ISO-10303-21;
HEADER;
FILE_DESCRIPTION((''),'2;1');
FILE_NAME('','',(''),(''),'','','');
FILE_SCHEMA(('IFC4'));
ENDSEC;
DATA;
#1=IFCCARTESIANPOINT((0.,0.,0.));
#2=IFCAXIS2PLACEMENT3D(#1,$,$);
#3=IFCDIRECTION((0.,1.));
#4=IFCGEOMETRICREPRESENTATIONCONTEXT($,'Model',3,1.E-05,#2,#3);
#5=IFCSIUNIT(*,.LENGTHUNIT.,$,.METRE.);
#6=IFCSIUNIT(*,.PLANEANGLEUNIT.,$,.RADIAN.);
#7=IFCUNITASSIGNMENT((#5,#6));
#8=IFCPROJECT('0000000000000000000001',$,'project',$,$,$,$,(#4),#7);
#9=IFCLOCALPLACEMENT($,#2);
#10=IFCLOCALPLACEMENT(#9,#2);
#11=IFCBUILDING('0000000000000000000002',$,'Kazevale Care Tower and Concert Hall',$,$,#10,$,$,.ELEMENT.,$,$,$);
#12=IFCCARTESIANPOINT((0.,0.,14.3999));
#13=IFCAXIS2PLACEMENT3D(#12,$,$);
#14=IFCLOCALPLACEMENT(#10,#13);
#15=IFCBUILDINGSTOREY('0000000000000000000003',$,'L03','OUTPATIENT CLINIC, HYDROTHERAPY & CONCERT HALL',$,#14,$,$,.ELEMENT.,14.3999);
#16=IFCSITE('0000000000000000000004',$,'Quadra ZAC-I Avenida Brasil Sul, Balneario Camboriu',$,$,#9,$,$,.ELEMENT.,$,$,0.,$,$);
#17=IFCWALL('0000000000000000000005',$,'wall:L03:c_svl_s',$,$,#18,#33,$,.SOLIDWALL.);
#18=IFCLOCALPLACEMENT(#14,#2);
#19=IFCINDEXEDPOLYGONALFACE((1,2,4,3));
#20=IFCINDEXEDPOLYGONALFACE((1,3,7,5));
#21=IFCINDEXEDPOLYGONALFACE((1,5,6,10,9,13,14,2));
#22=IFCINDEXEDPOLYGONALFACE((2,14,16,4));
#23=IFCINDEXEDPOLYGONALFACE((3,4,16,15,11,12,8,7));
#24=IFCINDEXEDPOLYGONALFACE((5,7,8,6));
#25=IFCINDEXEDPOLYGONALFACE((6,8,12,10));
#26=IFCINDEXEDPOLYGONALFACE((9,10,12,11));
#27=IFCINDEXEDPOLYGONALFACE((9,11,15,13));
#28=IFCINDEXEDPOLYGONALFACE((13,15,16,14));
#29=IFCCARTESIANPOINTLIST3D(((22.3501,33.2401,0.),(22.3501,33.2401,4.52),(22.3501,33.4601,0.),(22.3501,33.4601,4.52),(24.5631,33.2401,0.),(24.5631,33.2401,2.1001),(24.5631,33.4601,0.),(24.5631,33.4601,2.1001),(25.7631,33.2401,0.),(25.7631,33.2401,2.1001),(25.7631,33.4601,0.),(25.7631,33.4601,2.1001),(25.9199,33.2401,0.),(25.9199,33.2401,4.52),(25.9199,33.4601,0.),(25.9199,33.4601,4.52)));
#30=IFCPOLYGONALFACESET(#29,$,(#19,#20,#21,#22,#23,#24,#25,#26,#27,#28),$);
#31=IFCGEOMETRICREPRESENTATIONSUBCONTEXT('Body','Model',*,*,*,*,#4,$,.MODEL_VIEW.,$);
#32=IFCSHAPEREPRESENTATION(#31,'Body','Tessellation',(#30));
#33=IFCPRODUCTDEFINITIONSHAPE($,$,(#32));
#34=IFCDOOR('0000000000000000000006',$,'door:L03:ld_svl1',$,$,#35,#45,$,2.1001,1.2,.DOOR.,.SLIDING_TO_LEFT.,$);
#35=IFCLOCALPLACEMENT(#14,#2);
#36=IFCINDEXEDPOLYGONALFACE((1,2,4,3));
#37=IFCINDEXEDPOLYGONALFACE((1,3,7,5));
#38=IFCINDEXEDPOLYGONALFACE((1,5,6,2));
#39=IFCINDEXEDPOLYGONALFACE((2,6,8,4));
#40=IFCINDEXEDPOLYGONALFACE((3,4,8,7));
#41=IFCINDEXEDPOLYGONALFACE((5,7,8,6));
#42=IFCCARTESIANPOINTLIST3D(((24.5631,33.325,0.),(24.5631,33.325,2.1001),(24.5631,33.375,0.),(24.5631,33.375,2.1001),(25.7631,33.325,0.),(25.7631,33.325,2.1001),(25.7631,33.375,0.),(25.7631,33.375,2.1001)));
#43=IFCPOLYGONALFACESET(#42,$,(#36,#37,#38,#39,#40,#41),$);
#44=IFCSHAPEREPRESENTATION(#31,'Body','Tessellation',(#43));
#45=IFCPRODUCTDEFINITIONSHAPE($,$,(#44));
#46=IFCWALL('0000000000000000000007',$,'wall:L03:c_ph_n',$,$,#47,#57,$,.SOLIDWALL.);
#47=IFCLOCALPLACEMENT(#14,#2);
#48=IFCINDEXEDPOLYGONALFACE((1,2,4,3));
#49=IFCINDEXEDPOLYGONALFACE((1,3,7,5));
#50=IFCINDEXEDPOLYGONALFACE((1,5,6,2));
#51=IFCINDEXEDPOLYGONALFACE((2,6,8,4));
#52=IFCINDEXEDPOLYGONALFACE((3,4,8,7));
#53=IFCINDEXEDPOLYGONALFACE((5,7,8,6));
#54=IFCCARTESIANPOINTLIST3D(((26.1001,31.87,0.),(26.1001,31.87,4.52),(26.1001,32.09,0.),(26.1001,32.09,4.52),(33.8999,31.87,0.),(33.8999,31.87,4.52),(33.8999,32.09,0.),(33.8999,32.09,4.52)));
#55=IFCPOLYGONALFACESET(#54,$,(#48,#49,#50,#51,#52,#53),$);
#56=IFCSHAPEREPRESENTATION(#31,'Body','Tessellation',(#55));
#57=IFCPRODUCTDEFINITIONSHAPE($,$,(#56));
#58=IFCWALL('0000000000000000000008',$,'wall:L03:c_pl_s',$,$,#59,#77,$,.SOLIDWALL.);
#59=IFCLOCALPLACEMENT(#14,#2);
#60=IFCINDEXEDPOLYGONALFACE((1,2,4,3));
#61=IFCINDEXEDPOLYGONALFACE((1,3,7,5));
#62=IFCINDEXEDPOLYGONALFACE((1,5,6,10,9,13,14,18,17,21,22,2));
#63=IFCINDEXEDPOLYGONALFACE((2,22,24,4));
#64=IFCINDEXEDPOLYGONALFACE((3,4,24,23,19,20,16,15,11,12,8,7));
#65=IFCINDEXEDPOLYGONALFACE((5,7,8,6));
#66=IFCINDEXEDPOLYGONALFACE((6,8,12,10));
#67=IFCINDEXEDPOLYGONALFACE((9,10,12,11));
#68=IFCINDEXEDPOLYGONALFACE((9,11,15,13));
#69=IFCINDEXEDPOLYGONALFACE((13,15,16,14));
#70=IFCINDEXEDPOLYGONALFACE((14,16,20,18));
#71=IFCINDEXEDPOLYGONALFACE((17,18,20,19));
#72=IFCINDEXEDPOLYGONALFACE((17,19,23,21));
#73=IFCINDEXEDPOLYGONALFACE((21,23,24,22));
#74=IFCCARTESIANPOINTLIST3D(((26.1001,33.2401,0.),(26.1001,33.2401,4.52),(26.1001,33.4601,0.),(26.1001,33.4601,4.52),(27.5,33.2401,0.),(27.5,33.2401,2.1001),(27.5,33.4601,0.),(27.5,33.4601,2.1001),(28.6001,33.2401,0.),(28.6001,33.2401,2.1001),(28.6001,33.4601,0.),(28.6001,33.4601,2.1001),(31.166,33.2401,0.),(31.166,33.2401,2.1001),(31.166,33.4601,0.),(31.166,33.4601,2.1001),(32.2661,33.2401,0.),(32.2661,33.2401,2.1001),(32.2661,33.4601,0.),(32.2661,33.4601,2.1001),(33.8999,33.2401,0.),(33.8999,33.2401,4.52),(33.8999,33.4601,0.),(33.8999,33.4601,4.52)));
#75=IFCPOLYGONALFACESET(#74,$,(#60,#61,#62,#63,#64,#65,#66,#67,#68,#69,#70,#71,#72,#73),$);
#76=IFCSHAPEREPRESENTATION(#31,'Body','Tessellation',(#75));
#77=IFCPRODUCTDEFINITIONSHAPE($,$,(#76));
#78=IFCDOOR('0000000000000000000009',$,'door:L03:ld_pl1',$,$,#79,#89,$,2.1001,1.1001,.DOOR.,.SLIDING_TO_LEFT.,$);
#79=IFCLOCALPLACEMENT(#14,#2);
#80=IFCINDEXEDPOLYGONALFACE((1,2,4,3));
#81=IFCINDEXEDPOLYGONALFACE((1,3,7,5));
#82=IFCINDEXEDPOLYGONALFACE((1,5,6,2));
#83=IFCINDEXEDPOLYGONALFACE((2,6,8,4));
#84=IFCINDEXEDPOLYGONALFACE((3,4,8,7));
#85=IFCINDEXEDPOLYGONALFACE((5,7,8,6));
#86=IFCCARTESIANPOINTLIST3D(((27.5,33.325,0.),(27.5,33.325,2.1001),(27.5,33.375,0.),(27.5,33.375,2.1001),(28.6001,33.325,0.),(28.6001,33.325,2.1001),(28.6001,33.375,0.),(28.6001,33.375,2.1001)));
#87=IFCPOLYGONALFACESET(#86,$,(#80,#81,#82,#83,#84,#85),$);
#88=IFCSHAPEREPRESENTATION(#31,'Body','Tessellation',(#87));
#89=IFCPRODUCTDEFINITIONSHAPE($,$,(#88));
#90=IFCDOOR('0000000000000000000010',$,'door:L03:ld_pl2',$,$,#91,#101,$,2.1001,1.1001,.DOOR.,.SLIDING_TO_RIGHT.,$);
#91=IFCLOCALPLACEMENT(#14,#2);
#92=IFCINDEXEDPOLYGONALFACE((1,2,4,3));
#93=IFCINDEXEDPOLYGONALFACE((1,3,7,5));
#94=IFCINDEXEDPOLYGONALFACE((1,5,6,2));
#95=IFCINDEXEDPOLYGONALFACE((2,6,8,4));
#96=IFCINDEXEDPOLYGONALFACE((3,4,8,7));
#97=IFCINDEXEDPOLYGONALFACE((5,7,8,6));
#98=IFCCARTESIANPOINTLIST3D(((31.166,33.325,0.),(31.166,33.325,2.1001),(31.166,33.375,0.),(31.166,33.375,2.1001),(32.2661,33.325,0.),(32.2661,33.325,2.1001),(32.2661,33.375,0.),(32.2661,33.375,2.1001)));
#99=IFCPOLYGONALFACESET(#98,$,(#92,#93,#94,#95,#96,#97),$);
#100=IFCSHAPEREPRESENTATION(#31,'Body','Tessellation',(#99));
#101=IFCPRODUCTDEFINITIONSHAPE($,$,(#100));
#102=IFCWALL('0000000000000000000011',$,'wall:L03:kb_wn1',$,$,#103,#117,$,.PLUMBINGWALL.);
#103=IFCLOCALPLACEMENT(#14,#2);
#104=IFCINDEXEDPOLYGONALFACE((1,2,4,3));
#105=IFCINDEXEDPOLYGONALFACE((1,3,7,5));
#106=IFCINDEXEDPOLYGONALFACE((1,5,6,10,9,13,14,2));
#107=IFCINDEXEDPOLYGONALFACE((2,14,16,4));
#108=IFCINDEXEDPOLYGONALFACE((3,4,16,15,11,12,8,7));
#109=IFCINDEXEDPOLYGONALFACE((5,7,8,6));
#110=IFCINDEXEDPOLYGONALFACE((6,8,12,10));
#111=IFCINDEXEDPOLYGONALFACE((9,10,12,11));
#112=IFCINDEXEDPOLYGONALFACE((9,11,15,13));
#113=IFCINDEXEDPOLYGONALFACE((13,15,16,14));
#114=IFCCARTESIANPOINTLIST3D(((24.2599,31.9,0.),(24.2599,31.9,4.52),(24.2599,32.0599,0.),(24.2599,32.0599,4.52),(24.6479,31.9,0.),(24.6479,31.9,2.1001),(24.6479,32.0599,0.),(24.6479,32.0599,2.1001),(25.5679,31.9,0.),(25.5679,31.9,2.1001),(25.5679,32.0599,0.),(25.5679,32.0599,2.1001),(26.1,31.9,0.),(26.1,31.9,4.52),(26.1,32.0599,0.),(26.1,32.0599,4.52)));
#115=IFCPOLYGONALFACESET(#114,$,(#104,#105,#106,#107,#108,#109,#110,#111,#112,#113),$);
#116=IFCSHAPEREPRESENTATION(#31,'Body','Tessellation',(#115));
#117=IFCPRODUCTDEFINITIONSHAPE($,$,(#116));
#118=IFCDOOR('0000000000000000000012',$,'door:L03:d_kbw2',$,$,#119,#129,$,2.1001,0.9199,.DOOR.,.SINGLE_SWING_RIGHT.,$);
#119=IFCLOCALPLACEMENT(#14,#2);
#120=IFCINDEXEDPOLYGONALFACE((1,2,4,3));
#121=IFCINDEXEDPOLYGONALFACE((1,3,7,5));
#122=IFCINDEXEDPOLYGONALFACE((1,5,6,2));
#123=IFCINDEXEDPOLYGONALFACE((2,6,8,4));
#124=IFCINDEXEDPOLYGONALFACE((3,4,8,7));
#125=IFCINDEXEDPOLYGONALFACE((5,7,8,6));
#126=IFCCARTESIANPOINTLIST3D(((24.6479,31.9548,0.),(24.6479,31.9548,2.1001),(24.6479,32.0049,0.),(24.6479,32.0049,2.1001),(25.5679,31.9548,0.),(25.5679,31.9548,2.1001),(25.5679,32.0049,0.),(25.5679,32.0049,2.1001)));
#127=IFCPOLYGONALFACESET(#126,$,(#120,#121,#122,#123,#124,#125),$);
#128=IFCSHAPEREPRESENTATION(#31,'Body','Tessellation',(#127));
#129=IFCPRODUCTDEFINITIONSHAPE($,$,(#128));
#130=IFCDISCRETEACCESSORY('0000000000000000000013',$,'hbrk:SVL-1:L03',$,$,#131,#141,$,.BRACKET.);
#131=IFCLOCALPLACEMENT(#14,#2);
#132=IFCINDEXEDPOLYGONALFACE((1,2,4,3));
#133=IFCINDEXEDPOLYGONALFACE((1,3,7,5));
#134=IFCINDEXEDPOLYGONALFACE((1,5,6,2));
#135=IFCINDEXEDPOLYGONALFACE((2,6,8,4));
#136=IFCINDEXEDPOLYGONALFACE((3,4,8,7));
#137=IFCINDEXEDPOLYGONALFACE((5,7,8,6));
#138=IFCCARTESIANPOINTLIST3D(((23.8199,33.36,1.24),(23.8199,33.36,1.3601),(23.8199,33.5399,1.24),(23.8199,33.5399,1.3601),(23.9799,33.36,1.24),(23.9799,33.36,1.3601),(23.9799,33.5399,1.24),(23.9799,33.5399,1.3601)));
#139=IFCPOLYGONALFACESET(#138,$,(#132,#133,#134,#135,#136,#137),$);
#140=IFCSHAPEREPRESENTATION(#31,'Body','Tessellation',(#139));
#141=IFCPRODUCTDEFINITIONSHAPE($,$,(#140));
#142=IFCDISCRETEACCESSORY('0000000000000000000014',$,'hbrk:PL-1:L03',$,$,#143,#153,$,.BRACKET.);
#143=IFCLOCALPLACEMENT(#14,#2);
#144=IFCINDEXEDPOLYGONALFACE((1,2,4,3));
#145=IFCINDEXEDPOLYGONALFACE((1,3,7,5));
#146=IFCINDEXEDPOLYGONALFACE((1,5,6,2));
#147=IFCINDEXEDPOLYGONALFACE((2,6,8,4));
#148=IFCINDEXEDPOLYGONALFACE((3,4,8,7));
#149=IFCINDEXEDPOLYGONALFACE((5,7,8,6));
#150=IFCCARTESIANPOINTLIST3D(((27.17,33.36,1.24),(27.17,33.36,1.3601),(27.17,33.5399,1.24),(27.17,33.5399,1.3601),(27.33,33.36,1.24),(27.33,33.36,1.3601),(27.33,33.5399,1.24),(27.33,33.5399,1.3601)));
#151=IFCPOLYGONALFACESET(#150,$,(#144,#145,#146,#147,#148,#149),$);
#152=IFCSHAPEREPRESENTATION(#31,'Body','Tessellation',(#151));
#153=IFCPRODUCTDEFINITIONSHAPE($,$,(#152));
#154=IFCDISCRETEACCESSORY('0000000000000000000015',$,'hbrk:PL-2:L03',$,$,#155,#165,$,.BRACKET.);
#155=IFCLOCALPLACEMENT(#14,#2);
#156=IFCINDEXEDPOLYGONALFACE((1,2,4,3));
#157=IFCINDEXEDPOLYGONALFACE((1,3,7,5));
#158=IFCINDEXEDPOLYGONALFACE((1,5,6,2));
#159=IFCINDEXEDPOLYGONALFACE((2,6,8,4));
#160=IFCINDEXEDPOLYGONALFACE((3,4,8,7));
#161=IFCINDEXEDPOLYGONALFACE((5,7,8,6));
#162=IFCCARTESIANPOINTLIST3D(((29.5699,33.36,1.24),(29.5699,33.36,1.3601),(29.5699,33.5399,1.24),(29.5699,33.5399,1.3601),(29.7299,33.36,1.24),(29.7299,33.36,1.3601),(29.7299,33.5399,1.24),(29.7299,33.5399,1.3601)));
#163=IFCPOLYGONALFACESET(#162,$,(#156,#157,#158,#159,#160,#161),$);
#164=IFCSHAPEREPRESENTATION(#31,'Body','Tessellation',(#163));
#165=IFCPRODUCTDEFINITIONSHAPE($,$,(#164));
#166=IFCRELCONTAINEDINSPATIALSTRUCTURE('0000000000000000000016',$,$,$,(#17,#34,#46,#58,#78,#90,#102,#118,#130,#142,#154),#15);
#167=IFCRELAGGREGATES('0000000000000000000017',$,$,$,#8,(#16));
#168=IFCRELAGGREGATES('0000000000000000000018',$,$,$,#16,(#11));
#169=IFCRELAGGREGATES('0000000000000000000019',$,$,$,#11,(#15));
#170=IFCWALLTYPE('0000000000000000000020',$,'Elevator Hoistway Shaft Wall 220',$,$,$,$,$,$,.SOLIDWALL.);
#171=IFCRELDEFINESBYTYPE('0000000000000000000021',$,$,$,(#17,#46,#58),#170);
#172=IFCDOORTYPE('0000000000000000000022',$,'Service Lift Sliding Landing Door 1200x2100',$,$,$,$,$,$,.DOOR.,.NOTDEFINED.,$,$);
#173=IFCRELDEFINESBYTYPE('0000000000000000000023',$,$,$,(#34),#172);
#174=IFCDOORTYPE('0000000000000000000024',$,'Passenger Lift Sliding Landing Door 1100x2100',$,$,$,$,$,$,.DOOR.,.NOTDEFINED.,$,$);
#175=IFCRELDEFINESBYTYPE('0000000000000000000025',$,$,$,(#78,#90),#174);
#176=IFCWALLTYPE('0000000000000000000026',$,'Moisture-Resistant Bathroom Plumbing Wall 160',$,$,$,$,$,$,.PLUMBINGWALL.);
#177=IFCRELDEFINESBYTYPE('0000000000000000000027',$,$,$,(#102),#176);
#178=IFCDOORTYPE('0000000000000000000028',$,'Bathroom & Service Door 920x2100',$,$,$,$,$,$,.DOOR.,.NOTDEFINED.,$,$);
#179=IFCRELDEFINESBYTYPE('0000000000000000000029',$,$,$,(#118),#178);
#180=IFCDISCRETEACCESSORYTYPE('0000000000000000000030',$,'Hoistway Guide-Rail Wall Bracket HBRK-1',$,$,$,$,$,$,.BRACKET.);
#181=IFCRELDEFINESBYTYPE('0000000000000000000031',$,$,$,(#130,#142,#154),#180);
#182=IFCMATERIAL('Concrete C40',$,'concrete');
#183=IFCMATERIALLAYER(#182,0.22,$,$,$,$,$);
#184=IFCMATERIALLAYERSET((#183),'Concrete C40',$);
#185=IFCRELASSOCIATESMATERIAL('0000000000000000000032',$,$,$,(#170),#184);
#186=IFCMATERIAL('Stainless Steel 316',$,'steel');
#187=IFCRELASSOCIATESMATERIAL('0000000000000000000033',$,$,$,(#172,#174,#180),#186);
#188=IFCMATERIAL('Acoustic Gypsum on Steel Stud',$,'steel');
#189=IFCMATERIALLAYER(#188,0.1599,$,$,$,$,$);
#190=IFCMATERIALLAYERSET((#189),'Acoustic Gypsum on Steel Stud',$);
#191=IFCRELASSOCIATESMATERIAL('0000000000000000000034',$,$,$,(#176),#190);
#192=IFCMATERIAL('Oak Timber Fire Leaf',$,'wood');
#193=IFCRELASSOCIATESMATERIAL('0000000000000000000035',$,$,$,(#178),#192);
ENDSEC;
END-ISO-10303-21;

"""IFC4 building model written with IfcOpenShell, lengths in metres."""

from ifc_helpers import new_model, si_unit, direction, frame, frame_2d, origin, origin_2d, place, context, subcontext, project, spatial, rectangle, extrude, material, layer, layer_set, type_object, element, fill, save


model = new_model("IFC4")

# Units and contexts
model_context = context("Model", 3, precision=1e-05, world=origin(), true_north=direction((0.0, 1.0)))
body_context = subcontext(model_context, "Body", "Model", "MODEL_VIEW")
ifc_project = project(units=[si_unit("LENGTHUNIT", "METRE"), si_unit("PLANEANGLEUNIT", "RADIAN")], contexts=[model_context])

# Site, building, storey
site_placement = place(None, origin())
site = spatial("IfcSite", under=ifc_project, at=site_placement, Name="Quadra ZAC-I Avenida Brasil Sul, Balneario Camboriu", CompositionType="ELEMENT", RefElevation=0.0)
building_placement = place(site_placement, origin())
building = spatial("IfcBuilding", under=site, at=building_placement, Name="Kazevale Care Tower and Concert Hall", CompositionType="ELEMENT")
storey_placement = place(building_placement, frame((0.0, 0.0, 14.3999)))
storey = spatial("IfcBuildingStorey", under=building, at=storey_placement, Name="L03", Description="OUTPATIENT CLINIC, HYDROTHERAPY & CONCERT HALL", CompositionType="ELEMENT", Elevation=14.3999)

# Shared definitions
ifc_material_1 = material(Name="Concrete C40", Category="concrete")
ifc_layer_1 = layer(ifc_material_1, 0.22)
ifc_layer_set_1 = layer_set([ifc_layer_1], Name="Concrete C40")
wall_type_1 = type_object("IfcWallType", Name="Elevator Hoistway Shaft Wall 220", PredefinedType="SOLIDWALL", material=ifc_layer_set_1)

# Wall, opening, door
wall_1_placement = place(storey_placement, frame((22.3501, 33.3501, 0.0), z_axis=(0.0, 0.0, 1.0), x_axis=(1.0, 0.0, 0.0)))
wall_1 = element("IfcWall", 1, at=wall_1_placement, inside=storey, type_object=wall_type_1, Name="wall:L03:c_svl_s", PredefinedType="SOLIDWALL", context=body_context, shape_type="SweptSolid", body=[
    extrude(rectangle(XDim=3.5698, YDim=0.22, at=frame_2d((1.7849, 0.0))), origin(), (0.0, 0.0, 1.0), 4.52),
])
opening_1_placement = place(wall_1_placement, frame((2.2129, 0.0, 0.0)))
opening_1 = element("IfcOpeningElement", 2, at=opening_1_placement, cuts=wall_1, PredefinedType="OPENING", context=body_context, shape_type="SweptSolid", body=[
    extrude(rectangle(XDim=1.2, YDim=2.1001, at=frame_2d((0.6001, 1.05))), frame((0.0, 0.1199, 0.0), z_axis=(0.0, -1.0, 0.0), x_axis=(1.0, 0.0, 0.0)), (0.0, 0.0, 1.0), 0.24),
])
ifc_material_2 = material(Name="Stainless Steel 316", Category="steel")
door_type_1 = type_object("IfcDoorType", Name="Service Lift Sliding Landing Door 1200x2100", OperationType="NOTDEFINED", PredefinedType="DOOR", material=ifc_material_2)
door_1_placement = place(opening_1_placement, origin())
door_1 = element("IfcDoor", 3, at=door_1_placement, inside=storey, type_object=door_type_1, Name="door:L03:ld_svl1", OperationType="SLIDING_TO_LEFT", OverallHeight=2.1001, OverallWidth=1.2, PredefinedType="DOOR", context=body_context, shape_type="SweptSolid", body=[
    extrude(rectangle(XDim=1.2, YDim=2.1001, at=frame_2d((0.6001, 1.05))), frame((0.0, 0.0249, 0.0), z_axis=(0.0, -1.0, 0.0), x_axis=(1.0, 0.0, 0.0)), (0.0, 0.0, 1.0), 0.05),
])
fill(opening_1, door_1)

# Wall
wall_2_placement = place(storey_placement, frame((26.1001, 31.98, 0.0), z_axis=(0.0, 0.0, 1.0), x_axis=(1.0, 0.0, 0.0)))
element("IfcWall", 4, at=wall_2_placement, inside=storey, type_object=wall_type_1, Name="wall:L03:c_ph_n", PredefinedType="SOLIDWALL", context=body_context, shape_type="SweptSolid", body=[
    extrude(rectangle(XDim=7.7998, YDim=0.22, at=frame_2d((3.8999, 0.0))), origin(), (0.0, 0.0, 1.0), 4.52),
])

# Wall, openings, doors
wall_3_placement = place(storey_placement, frame((26.1001, 33.3501, 0.0), z_axis=(0.0, 0.0, 1.0), x_axis=(1.0, 0.0, 0.0)))
wall_3 = element("IfcWall", 5, at=wall_3_placement, inside=storey, type_object=wall_type_1, Name="wall:L03:c_pl_s", PredefinedType="SOLIDWALL", context=body_context, shape_type="SweptSolid", body=[
    extrude(rectangle(XDim=7.7998, YDim=0.22, at=frame_2d((3.8999, 0.0))), origin(), (0.0, 0.0, 1.0), 4.52),
])
opening_2_placement = place(wall_3_placement, frame((1.3999, 0.0, 0.0)))
opening_2 = element("IfcOpeningElement", 6, at=opening_2_placement, cuts=wall_3, PredefinedType="OPENING", context=body_context, shape_type="SweptSolid", body=[
    extrude(rectangle(XDim=1.1001, YDim=2.1001, at=frame_2d((0.55, 1.05))), frame((0.0, 0.1199, 0.0), z_axis=(0.0, -1.0, 0.0), x_axis=(1.0, 0.0, 0.0)), (0.0, 0.0, 1.0), 0.24),
])
opening_3_placement = place(wall_3_placement, frame((5.0659, 0.0, 0.0)))
opening_3 = element("IfcOpeningElement", 7, at=opening_3_placement, cuts=wall_3, PredefinedType="OPENING", context=body_context, shape_type="SweptSolid", body=[
    extrude(rectangle(XDim=1.1001, YDim=2.1001, at=frame_2d((0.55, 1.05))), frame((0.0, 0.1199, 0.0), z_axis=(0.0, -1.0, 0.0), x_axis=(1.0, 0.0, 0.0)), (0.0, 0.0, 1.0), 0.24),
])
door_type_2 = type_object("IfcDoorType", Name="Passenger Lift Sliding Landing Door 1100x2100", OperationType="NOTDEFINED", PredefinedType="DOOR", material=ifc_material_2)
door_2_placement = place(opening_2_placement, origin())
door_2 = element("IfcDoor", 8, at=door_2_placement, inside=storey, type_object=door_type_2, Name="door:L03:ld_pl1", OperationType="SLIDING_TO_LEFT", OverallHeight=2.1001, OverallWidth=1.1001, PredefinedType="DOOR", context=body_context, shape_type="SweptSolid", body=[
    extrude(rectangle(XDim=1.1001, YDim=2.1001, at=frame_2d((0.55, 1.05))), frame((0.0, 0.0249, 0.0), z_axis=(0.0, -1.0, 0.0), x_axis=(1.0, 0.0, 0.0)), (0.0, 0.0, 1.0), 0.05),
])
fill(opening_2, door_2)
door_3_placement = place(opening_3_placement, origin())
door_3 = element("IfcDoor", 9, at=door_3_placement, inside=storey, type_object=door_type_2, Name="door:L03:ld_pl2", OperationType="SLIDING_TO_RIGHT", OverallHeight=2.1001, OverallWidth=1.1001, PredefinedType="DOOR", context=body_context, shape_type="SweptSolid", body=[
    extrude(rectangle(XDim=1.1001, YDim=2.1001, at=frame_2d((0.55, 1.05))), frame((0.0, 0.0249, 0.0), z_axis=(0.0, -1.0, 0.0), x_axis=(1.0, 0.0, 0.0)), (0.0, 0.0, 1.0), 0.05),
])
fill(opening_3, door_3)

# Wall, opening, door
ifc_material_3 = material(Name="Acoustic Gypsum on Steel Stud", Category="steel")
ifc_layer_2 = layer(ifc_material_3, 0.1599)
ifc_layer_set_2 = layer_set([ifc_layer_2], Name="Acoustic Gypsum on Steel Stud")
wall_type_2 = type_object("IfcWallType", Name="Moisture-Resistant Bathroom Plumbing Wall 160", PredefinedType="PLUMBINGWALL", material=ifc_layer_set_2)
wall_4_placement = place(storey_placement, frame((24.26, 31.98, 0.0), z_axis=(0.0, 0.0, 1.0), x_axis=(1.0, 0.0, 0.0)))
wall_4 = element("IfcWall", 10, at=wall_4_placement, inside=storey, type_object=wall_type_2, Name="wall:L03:kb_wn1", PredefinedType="PLUMBINGWALL", context=body_context, shape_type="SweptSolid", body=[
    extrude(rectangle(XDim=1.8401, YDim=0.1599, at=frame_2d((0.9199, 0.0))), origin(), (0.0, 0.0, 1.0), 4.52),
])
opening_4_placement = place(wall_4_placement, frame((0.3879, 0.0, 0.0)))
opening_4 = element("IfcOpeningElement", 11, at=opening_4_placement, cuts=wall_4, PredefinedType="OPENING", context=body_context, shape_type="SweptSolid", body=[
    extrude(rectangle(XDim=0.9199, YDim=2.1001, at=frame_2d((0.46, 1.05))), frame((0.0, 0.0898, 0.0), z_axis=(0.0, -1.0, 0.0), x_axis=(1.0, 0.0, 0.0)), (0.0, 0.0, 1.0), 0.1799),
])
ifc_material_4 = material(Name="Oak Timber Fire Leaf", Category="wood")
door_type_3 = type_object("IfcDoorType", Name="Bathroom & Service Door 920x2100", OperationType="NOTDEFINED", PredefinedType="DOOR", material=ifc_material_4)
door_4_placement = place(opening_4_placement, origin())
door_4 = element("IfcDoor", 12, at=door_4_placement, inside=storey, type_object=door_type_3, Name="door:L03:d_kbw2", OperationType="SINGLE_SWING_RIGHT", OverallHeight=2.1001, OverallWidth=0.9199, PredefinedType="DOOR", context=body_context, shape_type="SweptSolid", body=[
    extrude(rectangle(XDim=0.9199, YDim=2.1001, at=frame_2d((0.46, 1.05))), frame((0.0, 0.0249, 0.0), z_axis=(0.0, -1.0, 0.0), x_axis=(1.0, 0.0, 0.0)), (0.0, 0.0, 1.0), 0.05),
])
fill(opening_4, door_4)

# Discrete accessories
discrete_accessory_type = type_object("IfcDiscreteAccessoryType", Name="Hoistway Guide-Rail Wall Bracket HBRK-1", PredefinedType="BRACKET", material=ifc_material_2)
for number, where, z_axis, x_axis, name in (
    (13, (23.8999, 33.45, 1.24), (0.0, 0.0, 1.0), (1.0, 0.0, 0.0), "hbrk:SVL-1:L03"),
    (14, (27.25, 33.45, 1.24), (0.0, 0.0, 1.0), (1.0, 0.0, 0.0), "hbrk:PL-1:L03"),
    (15, (29.6499, 33.45, 1.24), (0.0, 0.0, 1.0), (1.0, 0.0, 0.0), "hbrk:PL-2:L03"),
):
    element("IfcDiscreteAccessory", number, at=place(storey_placement, frame(where, z_axis=z_axis, x_axis=x_axis)), inside=storey, type_object=discrete_accessory_type, Name=name, PredefinedType="BRACKET", context=body_context, shape_type="SweptSolid", body=[
        extrude(rectangle(XDim=0.1599, YDim=0.1799, at=origin_2d()), origin(), (0.0, 0.0, 1.0), 0.1201),
    ])

save(model, "model.ifc")
